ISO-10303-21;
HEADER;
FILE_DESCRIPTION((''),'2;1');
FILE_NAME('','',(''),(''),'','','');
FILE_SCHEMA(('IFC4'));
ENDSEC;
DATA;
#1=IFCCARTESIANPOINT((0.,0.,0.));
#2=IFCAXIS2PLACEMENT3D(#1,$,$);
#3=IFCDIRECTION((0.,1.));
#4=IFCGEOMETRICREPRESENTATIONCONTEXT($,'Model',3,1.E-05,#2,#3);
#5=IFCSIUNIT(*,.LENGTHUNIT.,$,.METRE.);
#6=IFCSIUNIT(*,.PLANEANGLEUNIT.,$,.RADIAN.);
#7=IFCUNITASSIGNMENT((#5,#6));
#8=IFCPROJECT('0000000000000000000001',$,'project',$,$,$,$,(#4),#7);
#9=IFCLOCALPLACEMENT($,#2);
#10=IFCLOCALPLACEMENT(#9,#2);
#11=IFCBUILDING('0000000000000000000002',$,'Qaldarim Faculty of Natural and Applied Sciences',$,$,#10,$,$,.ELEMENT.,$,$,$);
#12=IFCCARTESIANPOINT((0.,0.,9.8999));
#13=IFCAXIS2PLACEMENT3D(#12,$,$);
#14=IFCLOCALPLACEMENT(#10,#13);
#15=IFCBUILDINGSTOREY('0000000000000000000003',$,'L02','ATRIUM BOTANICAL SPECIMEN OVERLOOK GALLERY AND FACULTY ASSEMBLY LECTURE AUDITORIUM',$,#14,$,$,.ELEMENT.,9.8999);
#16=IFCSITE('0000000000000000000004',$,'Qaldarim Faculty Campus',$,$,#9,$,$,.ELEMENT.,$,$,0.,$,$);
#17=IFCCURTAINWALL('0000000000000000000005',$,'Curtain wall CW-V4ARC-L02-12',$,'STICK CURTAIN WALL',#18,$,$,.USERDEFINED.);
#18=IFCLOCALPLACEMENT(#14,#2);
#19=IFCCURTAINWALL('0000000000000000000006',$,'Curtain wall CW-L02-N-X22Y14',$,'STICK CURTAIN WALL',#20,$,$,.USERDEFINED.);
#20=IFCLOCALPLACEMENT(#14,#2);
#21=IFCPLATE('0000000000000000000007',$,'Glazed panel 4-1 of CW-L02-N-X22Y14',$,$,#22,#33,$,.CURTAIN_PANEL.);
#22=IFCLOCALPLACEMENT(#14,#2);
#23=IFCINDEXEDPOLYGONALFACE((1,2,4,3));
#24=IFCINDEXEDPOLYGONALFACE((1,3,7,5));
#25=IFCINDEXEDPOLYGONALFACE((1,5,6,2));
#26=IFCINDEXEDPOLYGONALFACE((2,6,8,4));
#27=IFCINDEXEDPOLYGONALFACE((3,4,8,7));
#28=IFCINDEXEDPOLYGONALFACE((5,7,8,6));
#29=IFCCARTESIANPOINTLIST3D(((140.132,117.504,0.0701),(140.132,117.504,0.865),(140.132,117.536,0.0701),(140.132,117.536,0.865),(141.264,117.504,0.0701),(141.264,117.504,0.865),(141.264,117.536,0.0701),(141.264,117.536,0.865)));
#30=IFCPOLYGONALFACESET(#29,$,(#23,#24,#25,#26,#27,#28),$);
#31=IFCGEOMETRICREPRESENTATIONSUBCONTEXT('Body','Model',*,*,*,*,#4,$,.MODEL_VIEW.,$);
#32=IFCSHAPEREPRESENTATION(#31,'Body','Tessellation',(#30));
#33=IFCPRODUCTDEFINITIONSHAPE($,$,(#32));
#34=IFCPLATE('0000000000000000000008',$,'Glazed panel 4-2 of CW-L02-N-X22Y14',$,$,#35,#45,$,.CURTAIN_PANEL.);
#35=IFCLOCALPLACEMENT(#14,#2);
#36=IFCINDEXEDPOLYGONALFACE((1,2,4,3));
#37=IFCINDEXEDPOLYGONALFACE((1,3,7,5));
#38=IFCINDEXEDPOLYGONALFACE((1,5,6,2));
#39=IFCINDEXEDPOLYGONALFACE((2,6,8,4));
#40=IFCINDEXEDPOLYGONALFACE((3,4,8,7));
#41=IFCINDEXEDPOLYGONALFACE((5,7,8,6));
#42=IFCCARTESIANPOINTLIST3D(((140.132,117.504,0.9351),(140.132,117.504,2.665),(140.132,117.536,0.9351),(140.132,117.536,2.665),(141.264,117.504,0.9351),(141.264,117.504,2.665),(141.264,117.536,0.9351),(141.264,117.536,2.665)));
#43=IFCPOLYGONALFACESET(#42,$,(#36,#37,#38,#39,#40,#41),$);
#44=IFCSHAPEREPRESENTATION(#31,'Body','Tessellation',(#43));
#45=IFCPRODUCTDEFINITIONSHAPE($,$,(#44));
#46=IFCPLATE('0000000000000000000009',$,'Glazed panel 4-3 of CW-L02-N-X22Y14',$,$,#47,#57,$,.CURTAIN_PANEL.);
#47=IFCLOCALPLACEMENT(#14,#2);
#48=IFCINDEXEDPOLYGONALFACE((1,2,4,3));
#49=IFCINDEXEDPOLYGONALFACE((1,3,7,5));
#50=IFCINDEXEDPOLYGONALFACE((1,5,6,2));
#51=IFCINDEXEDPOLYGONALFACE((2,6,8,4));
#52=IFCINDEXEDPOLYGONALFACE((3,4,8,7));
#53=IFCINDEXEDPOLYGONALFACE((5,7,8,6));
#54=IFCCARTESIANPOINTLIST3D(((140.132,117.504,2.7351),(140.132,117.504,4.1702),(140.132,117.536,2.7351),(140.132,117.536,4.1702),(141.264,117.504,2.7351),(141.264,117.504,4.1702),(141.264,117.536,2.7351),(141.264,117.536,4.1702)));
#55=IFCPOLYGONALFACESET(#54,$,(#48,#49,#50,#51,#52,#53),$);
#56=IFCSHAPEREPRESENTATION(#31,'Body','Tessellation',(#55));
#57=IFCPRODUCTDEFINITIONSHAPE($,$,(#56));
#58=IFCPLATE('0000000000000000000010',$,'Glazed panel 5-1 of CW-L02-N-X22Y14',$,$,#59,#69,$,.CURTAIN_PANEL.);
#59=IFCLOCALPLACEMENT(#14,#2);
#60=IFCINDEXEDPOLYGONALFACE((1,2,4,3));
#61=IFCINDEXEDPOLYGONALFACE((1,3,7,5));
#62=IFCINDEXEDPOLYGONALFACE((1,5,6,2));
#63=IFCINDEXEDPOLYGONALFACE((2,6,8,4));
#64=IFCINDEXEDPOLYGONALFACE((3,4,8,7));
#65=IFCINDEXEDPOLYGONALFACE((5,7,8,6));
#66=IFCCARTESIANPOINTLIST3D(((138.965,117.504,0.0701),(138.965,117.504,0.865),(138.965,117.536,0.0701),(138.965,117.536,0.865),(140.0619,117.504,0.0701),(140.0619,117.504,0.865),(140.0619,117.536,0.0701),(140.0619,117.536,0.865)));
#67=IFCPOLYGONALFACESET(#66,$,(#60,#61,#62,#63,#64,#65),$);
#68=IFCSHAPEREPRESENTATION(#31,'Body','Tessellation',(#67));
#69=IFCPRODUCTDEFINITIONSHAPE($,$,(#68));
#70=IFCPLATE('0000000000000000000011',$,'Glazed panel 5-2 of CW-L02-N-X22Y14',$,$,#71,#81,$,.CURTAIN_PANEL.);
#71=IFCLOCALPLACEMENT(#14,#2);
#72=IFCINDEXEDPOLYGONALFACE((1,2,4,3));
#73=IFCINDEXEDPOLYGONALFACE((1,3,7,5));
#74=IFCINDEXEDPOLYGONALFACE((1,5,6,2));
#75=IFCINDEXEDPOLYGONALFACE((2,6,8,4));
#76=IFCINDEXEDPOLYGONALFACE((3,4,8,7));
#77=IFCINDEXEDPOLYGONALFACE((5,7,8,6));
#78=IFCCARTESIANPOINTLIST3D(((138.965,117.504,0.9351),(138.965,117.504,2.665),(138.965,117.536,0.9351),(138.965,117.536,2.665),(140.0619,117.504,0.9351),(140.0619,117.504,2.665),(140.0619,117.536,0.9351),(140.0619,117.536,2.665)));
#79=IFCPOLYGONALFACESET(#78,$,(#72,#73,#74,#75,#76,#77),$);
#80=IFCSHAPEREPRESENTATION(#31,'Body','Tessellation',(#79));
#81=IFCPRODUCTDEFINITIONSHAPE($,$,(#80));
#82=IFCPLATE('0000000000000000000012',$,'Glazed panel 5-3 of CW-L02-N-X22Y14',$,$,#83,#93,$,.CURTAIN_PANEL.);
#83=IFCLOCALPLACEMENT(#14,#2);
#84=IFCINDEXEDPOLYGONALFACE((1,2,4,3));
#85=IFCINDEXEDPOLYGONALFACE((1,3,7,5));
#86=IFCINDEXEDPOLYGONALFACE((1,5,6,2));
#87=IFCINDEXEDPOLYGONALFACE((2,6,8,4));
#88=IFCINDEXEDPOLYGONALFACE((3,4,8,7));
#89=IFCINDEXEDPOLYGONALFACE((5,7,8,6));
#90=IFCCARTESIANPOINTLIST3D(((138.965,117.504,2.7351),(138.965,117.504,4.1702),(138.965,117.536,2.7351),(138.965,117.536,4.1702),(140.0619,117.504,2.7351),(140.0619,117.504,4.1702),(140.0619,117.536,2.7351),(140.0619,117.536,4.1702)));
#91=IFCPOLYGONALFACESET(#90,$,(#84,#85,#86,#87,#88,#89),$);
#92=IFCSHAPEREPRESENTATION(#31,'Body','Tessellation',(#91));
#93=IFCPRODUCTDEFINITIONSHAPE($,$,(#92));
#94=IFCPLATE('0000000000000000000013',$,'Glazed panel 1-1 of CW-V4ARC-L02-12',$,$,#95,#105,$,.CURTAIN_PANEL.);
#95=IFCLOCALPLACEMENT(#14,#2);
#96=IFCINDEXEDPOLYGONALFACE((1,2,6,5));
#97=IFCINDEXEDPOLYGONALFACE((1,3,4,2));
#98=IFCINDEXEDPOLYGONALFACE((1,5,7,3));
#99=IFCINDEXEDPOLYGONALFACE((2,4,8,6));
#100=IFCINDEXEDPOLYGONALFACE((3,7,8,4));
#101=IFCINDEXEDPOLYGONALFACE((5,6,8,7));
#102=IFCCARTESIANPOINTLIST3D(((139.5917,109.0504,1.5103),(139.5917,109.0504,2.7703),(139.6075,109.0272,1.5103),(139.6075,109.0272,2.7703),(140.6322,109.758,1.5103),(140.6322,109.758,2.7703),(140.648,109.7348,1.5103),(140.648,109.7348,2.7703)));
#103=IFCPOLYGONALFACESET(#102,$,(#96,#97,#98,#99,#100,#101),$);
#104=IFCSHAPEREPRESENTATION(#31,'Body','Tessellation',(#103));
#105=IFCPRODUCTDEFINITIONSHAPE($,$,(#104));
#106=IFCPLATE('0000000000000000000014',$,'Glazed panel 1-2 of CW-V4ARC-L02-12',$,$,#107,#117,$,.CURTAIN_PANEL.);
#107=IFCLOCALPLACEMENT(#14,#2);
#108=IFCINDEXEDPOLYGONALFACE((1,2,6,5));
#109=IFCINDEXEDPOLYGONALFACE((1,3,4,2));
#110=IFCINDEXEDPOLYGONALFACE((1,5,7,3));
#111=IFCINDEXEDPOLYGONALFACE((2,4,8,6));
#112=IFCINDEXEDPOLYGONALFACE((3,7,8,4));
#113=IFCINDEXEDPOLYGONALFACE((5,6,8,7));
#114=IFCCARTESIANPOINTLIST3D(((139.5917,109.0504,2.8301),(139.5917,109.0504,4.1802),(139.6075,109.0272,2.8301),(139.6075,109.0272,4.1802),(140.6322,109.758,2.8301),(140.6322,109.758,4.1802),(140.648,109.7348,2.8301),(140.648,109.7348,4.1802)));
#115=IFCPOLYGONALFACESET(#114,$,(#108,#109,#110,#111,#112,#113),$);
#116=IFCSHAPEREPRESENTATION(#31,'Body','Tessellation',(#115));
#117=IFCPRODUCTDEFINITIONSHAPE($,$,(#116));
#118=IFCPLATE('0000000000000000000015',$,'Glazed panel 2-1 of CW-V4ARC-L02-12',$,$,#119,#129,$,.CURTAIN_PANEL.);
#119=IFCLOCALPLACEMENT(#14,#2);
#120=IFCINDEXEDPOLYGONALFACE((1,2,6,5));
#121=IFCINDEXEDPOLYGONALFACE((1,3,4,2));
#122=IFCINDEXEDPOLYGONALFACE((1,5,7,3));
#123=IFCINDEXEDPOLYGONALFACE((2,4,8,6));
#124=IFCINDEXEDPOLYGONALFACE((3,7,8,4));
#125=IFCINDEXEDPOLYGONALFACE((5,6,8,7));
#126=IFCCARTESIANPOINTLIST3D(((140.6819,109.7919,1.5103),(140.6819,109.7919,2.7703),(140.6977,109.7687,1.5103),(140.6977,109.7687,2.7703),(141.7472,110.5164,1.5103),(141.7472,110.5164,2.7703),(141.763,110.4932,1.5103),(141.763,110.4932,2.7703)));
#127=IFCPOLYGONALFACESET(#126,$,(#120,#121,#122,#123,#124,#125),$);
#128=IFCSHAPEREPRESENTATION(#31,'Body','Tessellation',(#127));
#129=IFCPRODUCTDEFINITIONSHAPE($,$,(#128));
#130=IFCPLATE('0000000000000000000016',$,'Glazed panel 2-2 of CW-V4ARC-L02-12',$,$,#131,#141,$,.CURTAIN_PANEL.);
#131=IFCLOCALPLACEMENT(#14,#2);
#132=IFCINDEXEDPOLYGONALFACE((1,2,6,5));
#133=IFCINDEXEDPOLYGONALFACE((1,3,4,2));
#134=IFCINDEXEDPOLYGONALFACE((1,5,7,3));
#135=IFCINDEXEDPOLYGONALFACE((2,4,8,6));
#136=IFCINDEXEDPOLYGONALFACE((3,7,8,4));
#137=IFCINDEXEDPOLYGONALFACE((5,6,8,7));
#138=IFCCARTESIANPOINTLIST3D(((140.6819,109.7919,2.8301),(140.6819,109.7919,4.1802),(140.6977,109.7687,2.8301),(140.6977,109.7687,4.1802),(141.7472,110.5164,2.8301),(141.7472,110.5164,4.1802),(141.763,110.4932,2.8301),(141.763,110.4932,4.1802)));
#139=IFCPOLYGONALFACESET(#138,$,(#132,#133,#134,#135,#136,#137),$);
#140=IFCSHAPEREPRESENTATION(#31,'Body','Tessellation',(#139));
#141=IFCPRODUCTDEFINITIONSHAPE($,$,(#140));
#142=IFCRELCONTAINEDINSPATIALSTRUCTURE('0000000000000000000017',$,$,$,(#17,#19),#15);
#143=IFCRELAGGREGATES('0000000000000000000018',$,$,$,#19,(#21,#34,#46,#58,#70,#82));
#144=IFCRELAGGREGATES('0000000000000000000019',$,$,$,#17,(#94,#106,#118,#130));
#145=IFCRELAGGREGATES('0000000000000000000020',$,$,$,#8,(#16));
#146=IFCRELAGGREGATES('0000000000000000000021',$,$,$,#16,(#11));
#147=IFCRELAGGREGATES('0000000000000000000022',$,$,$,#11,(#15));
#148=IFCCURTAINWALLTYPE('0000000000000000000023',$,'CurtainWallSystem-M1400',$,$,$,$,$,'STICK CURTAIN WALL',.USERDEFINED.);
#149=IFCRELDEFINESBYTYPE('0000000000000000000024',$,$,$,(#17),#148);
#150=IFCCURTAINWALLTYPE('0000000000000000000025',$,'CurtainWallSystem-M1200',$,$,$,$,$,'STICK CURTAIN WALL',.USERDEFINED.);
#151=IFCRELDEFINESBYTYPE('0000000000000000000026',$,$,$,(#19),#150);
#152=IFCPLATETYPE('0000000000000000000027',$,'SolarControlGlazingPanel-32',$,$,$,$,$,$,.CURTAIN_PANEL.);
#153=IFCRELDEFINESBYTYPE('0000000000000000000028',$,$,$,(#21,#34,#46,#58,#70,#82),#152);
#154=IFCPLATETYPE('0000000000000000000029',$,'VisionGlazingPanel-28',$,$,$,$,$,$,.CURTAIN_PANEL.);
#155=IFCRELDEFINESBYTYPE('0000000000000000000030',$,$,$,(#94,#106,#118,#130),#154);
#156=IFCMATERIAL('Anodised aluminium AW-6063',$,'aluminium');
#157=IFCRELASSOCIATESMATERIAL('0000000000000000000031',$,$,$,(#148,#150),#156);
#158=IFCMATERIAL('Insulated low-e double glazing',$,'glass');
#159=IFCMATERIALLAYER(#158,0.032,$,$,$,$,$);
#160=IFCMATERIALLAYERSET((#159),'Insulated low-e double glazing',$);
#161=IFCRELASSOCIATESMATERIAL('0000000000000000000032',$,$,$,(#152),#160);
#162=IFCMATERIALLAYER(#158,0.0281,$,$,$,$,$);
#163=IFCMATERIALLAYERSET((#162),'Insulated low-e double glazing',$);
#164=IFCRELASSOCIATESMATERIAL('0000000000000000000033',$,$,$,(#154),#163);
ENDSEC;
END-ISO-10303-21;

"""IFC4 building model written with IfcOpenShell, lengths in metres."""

from ifc_helpers import new_model, si_unit, direction, frame, origin, origin_2d, place, context, subcontext, project, spatial, rectangle, extrude, material, layer, layer_set, type_object, element, aggregate, save


model = new_model("IFC4")

# Units and contexts
model_context = context("Model", 3, precision=1e-05, world=origin(), true_north=direction((0.0, 1.0)))
body_context = subcontext(model_context, "Body", "Model", "MODEL_VIEW")
ifc_project = project(units=[si_unit("LENGTHUNIT", "METRE"), si_unit("PLANEANGLEUNIT", "RADIAN")], contexts=[model_context])

# Site, building, storey
site_placement = place(None, origin())
site = spatial("IfcSite", under=ifc_project, at=site_placement, Name="Qaldarim Faculty Campus", CompositionType="ELEMENT", RefElevation=0.0)
building_placement = place(site_placement, origin())
building = spatial("IfcBuilding", under=site, at=building_placement, Name="Qaldarim Faculty of Natural and Applied Sciences", CompositionType="ELEMENT")
storey_placement = place(building_placement, frame((0.0, 0.0, 9.8999)))
storey = spatial("IfcBuildingStorey", under=building, at=storey_placement, Name="L02", Description="ATRIUM BOTANICAL SPECIMEN OVERLOOK GALLERY AND FACULTY ASSEMBLY LECTURE AUDITORIUM", CompositionType="ELEMENT", Elevation=9.8999)

# Curtain wall
ifc_material_1 = material(Name="Anodised aluminium AW-6063", Category="aluminium")
curtain_wall_type_1 = type_object("IfcCurtainWallType", Name="CurtainWallSystem-M1400", ElementType="STICK CURTAIN WALL", PredefinedType="USERDEFINED", material=ifc_material_1)
curtain_wall_1_placement = place(storey_placement, origin())
curtain_wall_1 = element("IfcCurtainWall", 1, at=curtain_wall_1_placement, inside=storey, type_object=curtain_wall_type_1, Name="Curtain wall CW-V4ARC-L02-12", ObjectType="STICK CURTAIN WALL", PredefinedType="USERDEFINED")

# Curtain wall
curtain_wall_type_2 = type_object("IfcCurtainWallType", Name="CurtainWallSystem-M1200", ElementType="STICK CURTAIN WALL", PredefinedType="USERDEFINED", material=ifc_material_1)
curtain_wall_2_placement = place(storey_placement, origin())
curtain_wall_2 = element("IfcCurtainWall", 2, at=curtain_wall_2_placement, inside=storey, type_object=curtain_wall_type_2, Name="Curtain wall CW-L02-N-X22Y14", ObjectType="STICK CURTAIN WALL", PredefinedType="USERDEFINED")

# Plates
ifc_material_2 = material(Name="Insulated low-e double glazing", Category="glass")
ifc_layer_1 = layer(ifc_material_2, 0.032)
ifc_layer_set_1 = layer_set([ifc_layer_1], Name="Insulated low-e double glazing")
plate_type_1 = type_object("IfcPlateType", Name="SolarControlGlazingPanel-32", PredefinedType="CURTAIN_PANEL", material=ifc_layer_set_1)
plate_1_placement = place(storey_placement, frame((140.698, 117.52, 0.0701), z_axis=(0.0, 0.0, 1.0), x_axis=(-1.0, 0.0, 0.0)))
plate_1 = element("IfcPlate", 3, at=plate_1_placement, type_object=plate_type_1, Name="Glazed panel 4-1 of CW-L02-N-X22Y14", PredefinedType="CURTAIN_PANEL", context=body_context, shape_type="SweptSolid", body=[
    extrude(rectangle(XDim=1.1321, YDim=0.032, at=origin_2d()), origin(), (0.0, 0.0, 1.0), 0.7949),
])
plate_2_placement = place(storey_placement, frame((140.698, 117.52, 0.9351), z_axis=(0.0, 0.0, 1.0), x_axis=(-1.0, 0.0, 0.0)))
plate_2 = element("IfcPlate", 4, at=plate_2_placement, type_object=plate_type_1, Name="Glazed panel 4-2 of CW-L02-N-X22Y14", PredefinedType="CURTAIN_PANEL", context=body_context, shape_type="SweptSolid", body=[
    extrude(rectangle(XDim=1.1321, YDim=0.032, at=origin_2d()), origin(), (0.0, 0.0, 1.0), 1.73),
])
plate_3_placement = place(storey_placement, frame((140.698, 117.52, 2.7351), z_axis=(0.0, 0.0, 1.0), x_axis=(-1.0, 0.0, 0.0)))
plate_3 = element("IfcPlate", 5, at=plate_3_placement, type_object=plate_type_1, Name="Glazed panel 4-3 of CW-L02-N-X22Y14", PredefinedType="CURTAIN_PANEL", context=body_context, shape_type="SweptSolid", body=[
    extrude(rectangle(XDim=1.1321, YDim=0.032, at=origin_2d()), origin(), (0.0, 0.0, 1.0), 1.4351),
])
plate_4_placement = place(storey_placement, frame((139.5134, 117.52, 0.0701), z_axis=(0.0, 0.0, 1.0), x_axis=(-1.0, 0.0, 0.0)))
plate_4 = element("IfcPlate", 6, at=plate_4_placement, type_object=plate_type_1, Name="Glazed panel 5-1 of CW-L02-N-X22Y14", PredefinedType="CURTAIN_PANEL", context=body_context, shape_type="SweptSolid", body=[
    extrude(rectangle(XDim=1.0969, YDim=0.032, at=origin_2d()), origin(), (0.0, 0.0, 1.0), 0.7949),
])
plate_5_placement = place(storey_placement, frame((139.5134, 117.52, 0.9351), z_axis=(0.0, 0.0, 1.0), x_axis=(-1.0, 0.0, 0.0)))
plate_5 = element("IfcPlate", 7, at=plate_5_placement, type_object=plate_type_1, Name="Glazed panel 5-2 of CW-L02-N-X22Y14", PredefinedType="CURTAIN_PANEL", context=body_context, shape_type="SweptSolid", body=[
    extrude(rectangle(XDim=1.0969, YDim=0.032, at=origin_2d()), origin(), (0.0, 0.0, 1.0), 1.73),
])
plate_6_placement = place(storey_placement, frame((139.5134, 117.52, 2.7351), z_axis=(0.0, 0.0, 1.0), x_axis=(-1.0, 0.0, 0.0)))
plate_6 = element("IfcPlate", 8, at=plate_6_placement, type_object=plate_type_1, Name="Glazed panel 5-3 of CW-L02-N-X22Y14", PredefinedType="CURTAIN_PANEL", context=body_context, shape_type="SweptSolid", body=[
    extrude(rectangle(XDim=1.0969, YDim=0.032, at=origin_2d()), origin(), (0.0, 0.0, 1.0), 1.4351),
])
aggregate(curtain_wall_2, [plate_1, plate_2, plate_3, plate_4, plate_5, plate_6])
ifc_layer_2 = layer(ifc_material_2, 0.0281)
ifc_layer_set_2 = layer_set([ifc_layer_2], Name="Insulated low-e double glazing")
plate_type_2 = type_object("IfcPlateType", Name="VisionGlazingPanel-28", PredefinedType="CURTAIN_PANEL", material=ifc_layer_set_2)
plate_7_placement = place(storey_placement, frame((140.1199, 109.3926, 1.5103), z_axis=(0.0, 0.0, 1.0), x_axis=(0.826884, 0.562372, 0.0)))
plate_7 = element("IfcPlate", 9, at=plate_7_placement, type_object=plate_type_2, Name="Glazed panel 1-1 of CW-V4ARC-L02-12", PredefinedType="CURTAIN_PANEL", context=body_context, shape_type="SweptSolid", body=[
    extrude(rectangle(XDim=1.2583, YDim=0.0281, at=origin_2d()), origin(), (0.0, 0.0, 1.0), 1.26),
])
plate_8_placement = place(storey_placement, frame((140.1199, 109.3926, 2.8301), z_axis=(0.0, 0.0, 1.0), x_axis=(0.826884, 0.562372, 0.0)))
plate_8 = element("IfcPlate", 10, at=plate_8_placement, type_object=plate_type_2, Name="Glazed panel 1-2 of CW-V4ARC-L02-12", PredefinedType="CURTAIN_PANEL", context=body_context, shape_type="SweptSolid", body=[
    extrude(rectangle(XDim=1.2583, YDim=0.0281, at=origin_2d()), origin(), (0.0, 0.0, 1.0), 1.3501),
])
plate_9_placement = place(storey_placement, frame((141.2224, 110.1426, 1.5103), z_axis=(0.0, 0.0, 1.0), x_axis=(0.826884, 0.562372, 0.0)))
plate_9 = element("IfcPlate", 11, at=plate_9_placement, type_object=plate_type_2, Name="Glazed panel 2-1 of CW-V4ARC-L02-12", PredefinedType="CURTAIN_PANEL", context=body_context, shape_type="SweptSolid", body=[
    extrude(rectangle(XDim=1.2883, YDim=0.0281, at=origin_2d()), origin(), (0.0, 0.0, 1.0), 1.26),
])
plate_10_placement = place(storey_placement, frame((141.2224, 110.1426, 2.8301), z_axis=(0.0, 0.0, 1.0), x_axis=(0.826884, 0.562372, 0.0)))
plate_10 = element("IfcPlate", 12, at=plate_10_placement, type_object=plate_type_2, Name="Glazed panel 2-2 of CW-V4ARC-L02-12", PredefinedType="CURTAIN_PANEL", context=body_context, shape_type="SweptSolid", body=[
    extrude(rectangle(XDim=1.2883, YDim=0.0281, at=origin_2d()), origin(), (0.0, 0.0, 1.0), 1.3501),
])
aggregate(curtain_wall_1, [plate_7, plate_8, plate_9, plate_10])

save(model, "model.ifc")
